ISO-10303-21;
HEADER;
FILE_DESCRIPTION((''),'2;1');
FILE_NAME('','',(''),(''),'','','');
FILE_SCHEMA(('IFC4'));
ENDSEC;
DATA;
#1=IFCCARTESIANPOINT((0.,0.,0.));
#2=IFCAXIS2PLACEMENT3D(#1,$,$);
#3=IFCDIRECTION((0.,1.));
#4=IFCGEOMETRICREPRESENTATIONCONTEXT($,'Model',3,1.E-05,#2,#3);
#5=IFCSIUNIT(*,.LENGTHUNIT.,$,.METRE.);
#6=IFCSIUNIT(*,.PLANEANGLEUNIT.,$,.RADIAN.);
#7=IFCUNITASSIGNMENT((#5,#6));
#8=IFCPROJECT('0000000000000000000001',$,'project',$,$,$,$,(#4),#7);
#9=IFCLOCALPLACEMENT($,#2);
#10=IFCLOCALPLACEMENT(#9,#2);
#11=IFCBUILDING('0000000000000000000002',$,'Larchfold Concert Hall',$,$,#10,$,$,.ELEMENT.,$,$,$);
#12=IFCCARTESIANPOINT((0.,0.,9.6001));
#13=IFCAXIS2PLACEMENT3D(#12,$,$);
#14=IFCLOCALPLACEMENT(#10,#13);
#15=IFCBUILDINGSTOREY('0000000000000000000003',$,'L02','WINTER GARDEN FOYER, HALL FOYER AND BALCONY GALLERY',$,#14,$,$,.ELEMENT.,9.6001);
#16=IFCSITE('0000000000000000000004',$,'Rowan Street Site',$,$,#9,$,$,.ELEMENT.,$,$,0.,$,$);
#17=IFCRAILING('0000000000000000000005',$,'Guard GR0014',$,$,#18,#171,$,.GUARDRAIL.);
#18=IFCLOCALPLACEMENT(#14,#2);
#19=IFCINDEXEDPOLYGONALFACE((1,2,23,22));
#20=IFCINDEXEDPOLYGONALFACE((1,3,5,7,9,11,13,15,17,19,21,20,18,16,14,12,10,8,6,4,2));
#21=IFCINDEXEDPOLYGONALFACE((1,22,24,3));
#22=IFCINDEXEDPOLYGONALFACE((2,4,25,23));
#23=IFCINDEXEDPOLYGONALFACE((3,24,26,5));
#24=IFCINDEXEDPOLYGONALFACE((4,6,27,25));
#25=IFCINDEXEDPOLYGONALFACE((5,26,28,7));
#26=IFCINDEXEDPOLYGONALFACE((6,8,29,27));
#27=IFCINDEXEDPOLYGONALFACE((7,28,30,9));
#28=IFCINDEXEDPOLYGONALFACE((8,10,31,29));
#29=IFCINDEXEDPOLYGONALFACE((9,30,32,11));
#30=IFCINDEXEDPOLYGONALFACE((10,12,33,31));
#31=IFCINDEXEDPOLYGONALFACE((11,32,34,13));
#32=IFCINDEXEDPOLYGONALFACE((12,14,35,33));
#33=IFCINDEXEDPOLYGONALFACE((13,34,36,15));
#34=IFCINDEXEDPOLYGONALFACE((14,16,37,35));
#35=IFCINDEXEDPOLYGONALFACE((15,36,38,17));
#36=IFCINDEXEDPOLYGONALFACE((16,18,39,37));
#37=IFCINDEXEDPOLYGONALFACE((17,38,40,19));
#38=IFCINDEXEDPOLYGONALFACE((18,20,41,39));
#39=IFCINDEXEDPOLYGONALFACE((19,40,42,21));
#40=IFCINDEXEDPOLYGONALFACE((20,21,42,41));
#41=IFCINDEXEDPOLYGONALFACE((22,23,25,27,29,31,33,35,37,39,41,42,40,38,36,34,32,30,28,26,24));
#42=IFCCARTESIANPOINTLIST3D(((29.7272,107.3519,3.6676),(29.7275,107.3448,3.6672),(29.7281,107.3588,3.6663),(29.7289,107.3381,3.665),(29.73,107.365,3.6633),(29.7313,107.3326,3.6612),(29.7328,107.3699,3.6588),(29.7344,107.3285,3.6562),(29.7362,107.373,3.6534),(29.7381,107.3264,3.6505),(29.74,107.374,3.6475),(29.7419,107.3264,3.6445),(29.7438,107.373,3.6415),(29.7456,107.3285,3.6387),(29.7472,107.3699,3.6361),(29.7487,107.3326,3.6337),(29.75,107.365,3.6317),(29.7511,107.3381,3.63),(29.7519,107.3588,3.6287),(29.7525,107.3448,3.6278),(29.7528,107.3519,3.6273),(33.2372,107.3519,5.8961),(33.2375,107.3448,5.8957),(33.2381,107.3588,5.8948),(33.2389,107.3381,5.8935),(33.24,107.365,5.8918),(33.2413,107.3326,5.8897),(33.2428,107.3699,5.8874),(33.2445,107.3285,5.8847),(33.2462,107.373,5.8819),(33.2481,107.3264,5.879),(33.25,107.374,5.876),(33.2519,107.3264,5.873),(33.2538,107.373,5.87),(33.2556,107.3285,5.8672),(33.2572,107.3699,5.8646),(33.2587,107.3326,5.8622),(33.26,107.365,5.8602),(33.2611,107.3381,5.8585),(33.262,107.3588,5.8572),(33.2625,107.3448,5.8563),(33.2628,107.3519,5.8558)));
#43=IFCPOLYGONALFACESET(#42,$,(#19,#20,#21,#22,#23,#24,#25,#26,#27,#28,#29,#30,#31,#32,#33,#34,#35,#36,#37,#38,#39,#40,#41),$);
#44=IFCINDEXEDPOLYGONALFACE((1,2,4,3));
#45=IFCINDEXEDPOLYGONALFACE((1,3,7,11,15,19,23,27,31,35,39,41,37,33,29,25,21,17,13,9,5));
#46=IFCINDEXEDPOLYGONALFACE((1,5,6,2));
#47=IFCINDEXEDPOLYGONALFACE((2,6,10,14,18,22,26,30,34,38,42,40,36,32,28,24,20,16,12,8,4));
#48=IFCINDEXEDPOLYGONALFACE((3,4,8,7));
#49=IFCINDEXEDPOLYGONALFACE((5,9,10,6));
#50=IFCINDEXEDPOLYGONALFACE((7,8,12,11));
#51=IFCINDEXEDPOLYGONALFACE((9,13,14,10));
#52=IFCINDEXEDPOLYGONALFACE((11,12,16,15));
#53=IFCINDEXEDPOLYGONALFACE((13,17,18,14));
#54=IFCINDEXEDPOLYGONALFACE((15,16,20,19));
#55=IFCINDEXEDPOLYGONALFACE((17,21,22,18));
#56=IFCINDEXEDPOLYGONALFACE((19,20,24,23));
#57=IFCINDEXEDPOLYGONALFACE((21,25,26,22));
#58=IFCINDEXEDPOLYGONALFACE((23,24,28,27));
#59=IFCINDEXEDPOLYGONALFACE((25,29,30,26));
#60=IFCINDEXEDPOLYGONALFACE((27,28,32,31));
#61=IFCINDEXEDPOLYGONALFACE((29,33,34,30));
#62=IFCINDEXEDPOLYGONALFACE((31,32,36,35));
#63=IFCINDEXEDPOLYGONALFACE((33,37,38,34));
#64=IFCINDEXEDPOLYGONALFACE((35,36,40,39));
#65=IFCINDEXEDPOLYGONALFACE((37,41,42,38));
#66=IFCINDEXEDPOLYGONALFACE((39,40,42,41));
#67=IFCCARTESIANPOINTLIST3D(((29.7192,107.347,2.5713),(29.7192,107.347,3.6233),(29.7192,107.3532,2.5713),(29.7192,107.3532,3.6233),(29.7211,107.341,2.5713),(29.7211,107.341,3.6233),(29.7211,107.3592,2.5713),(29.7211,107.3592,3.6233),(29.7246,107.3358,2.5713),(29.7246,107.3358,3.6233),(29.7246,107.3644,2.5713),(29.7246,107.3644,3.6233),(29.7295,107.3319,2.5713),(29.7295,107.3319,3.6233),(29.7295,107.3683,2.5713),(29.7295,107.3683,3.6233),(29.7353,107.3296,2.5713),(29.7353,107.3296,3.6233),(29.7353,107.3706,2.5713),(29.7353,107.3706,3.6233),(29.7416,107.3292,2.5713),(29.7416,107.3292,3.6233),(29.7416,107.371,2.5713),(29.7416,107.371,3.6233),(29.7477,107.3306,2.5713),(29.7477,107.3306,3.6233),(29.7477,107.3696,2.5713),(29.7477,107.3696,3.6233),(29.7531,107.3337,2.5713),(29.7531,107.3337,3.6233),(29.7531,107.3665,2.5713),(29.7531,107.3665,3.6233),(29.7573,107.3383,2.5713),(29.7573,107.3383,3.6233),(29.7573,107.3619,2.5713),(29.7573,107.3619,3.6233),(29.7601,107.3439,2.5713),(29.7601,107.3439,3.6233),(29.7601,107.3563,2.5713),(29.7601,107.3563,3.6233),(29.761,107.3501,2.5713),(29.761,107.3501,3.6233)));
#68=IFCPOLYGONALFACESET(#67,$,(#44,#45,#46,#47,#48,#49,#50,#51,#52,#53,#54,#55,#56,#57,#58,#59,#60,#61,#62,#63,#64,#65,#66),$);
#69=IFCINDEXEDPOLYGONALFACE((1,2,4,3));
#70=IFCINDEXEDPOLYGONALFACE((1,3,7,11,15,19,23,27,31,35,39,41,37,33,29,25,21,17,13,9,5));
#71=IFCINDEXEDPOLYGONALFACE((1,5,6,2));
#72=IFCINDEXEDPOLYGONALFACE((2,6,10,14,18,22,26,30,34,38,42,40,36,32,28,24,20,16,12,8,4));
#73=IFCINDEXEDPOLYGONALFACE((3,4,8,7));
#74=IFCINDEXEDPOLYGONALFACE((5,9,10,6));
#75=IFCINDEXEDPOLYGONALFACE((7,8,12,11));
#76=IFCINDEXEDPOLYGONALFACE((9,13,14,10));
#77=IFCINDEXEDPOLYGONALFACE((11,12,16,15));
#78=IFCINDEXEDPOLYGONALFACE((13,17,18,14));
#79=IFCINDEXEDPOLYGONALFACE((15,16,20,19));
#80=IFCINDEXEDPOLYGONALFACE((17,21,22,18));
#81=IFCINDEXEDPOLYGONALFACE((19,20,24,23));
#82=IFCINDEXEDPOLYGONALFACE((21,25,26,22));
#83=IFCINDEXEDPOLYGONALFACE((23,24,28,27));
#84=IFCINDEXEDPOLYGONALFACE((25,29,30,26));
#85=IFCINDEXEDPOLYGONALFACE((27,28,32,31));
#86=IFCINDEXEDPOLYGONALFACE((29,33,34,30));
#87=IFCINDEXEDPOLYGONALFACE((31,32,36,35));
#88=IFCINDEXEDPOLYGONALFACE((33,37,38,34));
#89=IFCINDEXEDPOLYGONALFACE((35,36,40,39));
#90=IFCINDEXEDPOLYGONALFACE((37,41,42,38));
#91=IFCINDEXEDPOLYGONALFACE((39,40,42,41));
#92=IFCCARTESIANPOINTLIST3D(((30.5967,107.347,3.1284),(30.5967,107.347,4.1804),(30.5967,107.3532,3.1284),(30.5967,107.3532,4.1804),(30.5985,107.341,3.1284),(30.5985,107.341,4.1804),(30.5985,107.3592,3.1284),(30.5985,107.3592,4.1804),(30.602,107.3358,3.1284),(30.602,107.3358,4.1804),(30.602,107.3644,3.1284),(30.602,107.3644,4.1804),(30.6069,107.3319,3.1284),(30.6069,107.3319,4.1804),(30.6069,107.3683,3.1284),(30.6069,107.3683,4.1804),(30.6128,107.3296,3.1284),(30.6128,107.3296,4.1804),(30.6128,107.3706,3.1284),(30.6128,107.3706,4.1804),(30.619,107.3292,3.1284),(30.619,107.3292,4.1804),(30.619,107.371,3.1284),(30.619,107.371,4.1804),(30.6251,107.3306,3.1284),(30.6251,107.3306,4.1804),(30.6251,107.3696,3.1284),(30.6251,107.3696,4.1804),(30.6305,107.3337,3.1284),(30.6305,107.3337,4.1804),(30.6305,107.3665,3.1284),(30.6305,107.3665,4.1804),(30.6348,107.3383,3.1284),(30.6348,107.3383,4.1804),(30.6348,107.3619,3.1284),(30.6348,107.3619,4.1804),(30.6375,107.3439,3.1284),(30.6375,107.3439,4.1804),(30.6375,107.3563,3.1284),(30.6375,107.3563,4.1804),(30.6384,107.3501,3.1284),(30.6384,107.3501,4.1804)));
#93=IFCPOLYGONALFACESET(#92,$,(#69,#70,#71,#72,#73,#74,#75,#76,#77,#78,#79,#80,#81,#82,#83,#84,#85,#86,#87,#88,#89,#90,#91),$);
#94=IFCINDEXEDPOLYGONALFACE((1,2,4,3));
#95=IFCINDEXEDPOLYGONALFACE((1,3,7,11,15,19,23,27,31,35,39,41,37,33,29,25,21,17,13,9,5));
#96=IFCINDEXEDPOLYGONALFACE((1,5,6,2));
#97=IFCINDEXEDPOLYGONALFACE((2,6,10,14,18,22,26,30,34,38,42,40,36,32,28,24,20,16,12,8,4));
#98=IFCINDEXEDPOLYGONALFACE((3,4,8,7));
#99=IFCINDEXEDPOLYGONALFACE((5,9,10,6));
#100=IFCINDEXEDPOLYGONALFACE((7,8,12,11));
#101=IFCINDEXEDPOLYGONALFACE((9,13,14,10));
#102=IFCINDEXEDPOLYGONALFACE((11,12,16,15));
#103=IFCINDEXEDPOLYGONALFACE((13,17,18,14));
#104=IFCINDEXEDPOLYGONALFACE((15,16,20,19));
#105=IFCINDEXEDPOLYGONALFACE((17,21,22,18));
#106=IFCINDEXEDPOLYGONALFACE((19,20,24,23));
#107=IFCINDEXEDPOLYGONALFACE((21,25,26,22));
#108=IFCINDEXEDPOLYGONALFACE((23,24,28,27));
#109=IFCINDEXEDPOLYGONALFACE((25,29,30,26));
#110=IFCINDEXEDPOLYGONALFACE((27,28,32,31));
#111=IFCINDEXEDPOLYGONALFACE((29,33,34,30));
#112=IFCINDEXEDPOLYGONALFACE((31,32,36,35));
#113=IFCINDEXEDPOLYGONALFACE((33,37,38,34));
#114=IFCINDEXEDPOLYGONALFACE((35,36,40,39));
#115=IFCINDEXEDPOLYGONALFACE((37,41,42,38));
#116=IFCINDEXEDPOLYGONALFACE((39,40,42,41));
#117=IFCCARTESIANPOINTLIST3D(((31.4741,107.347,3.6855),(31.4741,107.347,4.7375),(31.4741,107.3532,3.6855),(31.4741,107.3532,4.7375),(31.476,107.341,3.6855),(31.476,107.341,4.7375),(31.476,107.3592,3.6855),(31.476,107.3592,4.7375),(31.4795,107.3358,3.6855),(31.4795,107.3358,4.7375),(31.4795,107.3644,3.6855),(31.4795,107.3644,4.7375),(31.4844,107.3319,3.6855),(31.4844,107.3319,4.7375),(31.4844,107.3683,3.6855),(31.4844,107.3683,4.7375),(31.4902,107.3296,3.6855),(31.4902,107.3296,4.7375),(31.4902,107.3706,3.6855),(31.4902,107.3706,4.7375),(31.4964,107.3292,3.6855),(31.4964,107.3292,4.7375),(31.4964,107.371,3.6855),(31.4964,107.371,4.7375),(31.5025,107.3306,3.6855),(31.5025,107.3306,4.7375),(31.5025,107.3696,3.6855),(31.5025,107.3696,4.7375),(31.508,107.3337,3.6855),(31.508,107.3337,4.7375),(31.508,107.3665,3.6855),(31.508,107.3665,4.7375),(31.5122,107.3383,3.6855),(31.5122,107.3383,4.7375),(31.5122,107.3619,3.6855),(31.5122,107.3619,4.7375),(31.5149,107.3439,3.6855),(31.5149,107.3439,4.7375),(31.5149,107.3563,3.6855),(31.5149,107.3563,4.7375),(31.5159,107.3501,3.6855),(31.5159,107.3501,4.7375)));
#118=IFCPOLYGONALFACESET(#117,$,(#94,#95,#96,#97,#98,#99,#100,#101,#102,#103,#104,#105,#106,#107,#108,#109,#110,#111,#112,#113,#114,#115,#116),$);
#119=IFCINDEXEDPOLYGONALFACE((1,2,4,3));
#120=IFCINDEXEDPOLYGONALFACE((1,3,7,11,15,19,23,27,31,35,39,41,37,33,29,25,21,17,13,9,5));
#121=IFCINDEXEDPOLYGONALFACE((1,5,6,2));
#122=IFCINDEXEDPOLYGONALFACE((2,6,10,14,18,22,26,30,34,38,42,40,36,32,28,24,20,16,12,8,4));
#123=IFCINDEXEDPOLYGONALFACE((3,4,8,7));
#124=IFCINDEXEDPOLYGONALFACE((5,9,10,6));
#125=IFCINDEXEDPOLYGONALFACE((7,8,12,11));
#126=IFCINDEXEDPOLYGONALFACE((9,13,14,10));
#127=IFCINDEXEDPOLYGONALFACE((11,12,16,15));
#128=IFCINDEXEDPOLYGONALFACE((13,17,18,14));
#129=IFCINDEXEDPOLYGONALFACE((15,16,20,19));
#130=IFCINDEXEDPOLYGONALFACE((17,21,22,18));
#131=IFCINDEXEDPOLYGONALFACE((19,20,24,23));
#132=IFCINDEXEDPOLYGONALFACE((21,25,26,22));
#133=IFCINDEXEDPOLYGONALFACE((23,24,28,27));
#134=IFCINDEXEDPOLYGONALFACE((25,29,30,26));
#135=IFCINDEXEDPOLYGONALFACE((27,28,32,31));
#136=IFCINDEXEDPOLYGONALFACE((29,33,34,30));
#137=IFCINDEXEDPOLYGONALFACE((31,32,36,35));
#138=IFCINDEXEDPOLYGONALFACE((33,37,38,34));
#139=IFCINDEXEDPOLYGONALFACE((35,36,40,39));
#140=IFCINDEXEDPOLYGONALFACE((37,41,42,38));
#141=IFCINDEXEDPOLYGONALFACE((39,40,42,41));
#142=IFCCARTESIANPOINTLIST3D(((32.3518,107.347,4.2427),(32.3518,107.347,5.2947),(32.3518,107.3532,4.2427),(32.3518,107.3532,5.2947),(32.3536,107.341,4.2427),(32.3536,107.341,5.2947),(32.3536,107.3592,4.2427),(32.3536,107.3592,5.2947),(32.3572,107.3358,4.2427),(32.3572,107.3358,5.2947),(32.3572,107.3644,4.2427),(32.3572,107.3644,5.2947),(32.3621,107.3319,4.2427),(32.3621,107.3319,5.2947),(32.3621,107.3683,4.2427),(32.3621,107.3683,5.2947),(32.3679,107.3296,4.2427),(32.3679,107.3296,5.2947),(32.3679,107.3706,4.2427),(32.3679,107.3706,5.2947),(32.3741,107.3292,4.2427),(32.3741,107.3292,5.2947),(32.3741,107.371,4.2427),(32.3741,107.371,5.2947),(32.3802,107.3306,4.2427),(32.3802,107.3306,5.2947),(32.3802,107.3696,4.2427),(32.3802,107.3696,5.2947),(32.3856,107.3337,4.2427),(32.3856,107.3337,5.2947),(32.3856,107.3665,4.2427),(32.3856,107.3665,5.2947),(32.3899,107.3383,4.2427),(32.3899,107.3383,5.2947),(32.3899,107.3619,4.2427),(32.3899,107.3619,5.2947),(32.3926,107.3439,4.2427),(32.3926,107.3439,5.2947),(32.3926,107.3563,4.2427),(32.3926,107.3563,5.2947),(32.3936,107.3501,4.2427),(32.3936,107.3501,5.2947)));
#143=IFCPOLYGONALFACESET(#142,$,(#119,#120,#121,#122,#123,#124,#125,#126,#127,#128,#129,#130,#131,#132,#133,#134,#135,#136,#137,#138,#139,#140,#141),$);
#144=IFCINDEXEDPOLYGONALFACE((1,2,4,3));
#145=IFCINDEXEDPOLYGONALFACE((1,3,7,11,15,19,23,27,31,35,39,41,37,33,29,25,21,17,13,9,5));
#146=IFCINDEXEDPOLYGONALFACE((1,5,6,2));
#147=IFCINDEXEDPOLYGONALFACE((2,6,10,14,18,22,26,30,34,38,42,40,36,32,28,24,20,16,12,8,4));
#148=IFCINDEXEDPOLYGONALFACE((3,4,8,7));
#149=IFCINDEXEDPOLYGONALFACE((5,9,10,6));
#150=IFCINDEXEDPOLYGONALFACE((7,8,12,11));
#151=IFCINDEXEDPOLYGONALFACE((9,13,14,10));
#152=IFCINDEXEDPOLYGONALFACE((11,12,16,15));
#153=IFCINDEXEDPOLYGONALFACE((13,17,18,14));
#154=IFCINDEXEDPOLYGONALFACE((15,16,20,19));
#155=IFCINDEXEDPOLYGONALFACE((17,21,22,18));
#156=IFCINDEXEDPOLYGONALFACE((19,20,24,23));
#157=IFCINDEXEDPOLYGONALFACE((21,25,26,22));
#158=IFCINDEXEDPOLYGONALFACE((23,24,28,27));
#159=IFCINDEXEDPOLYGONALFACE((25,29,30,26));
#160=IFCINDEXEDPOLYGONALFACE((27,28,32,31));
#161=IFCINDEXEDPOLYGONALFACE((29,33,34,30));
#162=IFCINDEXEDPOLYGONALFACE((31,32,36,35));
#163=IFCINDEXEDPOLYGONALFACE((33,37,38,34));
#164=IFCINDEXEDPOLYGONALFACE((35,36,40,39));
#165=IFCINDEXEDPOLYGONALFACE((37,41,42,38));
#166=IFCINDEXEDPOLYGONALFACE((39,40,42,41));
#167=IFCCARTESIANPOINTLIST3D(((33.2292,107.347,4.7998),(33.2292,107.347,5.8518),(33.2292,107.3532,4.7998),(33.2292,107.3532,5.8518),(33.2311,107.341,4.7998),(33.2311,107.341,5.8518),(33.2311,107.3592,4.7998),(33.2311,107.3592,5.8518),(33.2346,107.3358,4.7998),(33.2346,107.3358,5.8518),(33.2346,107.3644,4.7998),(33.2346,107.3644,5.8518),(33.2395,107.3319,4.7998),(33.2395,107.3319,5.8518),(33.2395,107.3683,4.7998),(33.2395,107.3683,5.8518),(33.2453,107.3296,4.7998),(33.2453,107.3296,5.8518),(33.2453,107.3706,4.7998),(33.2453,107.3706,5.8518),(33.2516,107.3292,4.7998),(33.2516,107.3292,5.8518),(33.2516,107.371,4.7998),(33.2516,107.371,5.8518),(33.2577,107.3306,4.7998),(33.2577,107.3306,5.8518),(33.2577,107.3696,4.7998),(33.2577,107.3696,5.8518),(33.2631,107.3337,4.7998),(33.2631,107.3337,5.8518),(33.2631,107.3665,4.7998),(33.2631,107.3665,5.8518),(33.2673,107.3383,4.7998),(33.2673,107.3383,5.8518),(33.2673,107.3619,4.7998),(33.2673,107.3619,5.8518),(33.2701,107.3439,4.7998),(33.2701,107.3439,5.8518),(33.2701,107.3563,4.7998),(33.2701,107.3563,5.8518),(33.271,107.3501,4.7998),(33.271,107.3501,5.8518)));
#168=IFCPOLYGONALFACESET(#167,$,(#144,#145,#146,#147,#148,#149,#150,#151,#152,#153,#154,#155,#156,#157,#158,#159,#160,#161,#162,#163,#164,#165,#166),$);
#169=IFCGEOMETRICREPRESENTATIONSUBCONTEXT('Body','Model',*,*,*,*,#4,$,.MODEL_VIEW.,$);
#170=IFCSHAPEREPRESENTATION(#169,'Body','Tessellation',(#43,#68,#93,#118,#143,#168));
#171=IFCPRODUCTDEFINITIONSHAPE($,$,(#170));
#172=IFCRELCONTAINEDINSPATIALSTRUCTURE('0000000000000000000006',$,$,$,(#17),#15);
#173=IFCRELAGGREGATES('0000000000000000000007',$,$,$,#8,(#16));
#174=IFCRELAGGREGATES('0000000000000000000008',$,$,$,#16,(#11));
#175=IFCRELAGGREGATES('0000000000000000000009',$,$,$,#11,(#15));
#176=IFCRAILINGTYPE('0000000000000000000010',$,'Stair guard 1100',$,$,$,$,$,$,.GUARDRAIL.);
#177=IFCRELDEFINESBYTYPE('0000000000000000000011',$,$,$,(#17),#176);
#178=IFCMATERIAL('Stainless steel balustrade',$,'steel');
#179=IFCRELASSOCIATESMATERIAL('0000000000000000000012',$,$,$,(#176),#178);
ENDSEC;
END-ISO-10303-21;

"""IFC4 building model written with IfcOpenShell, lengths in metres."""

from ifc_helpers import new_model, si_unit, direction, frame, origin, origin_2d, place, context, subcontext, project, spatial, circle, extrude, material, type_object, element, save


model = new_model("IFC4")

# Units and contexts
model_context = context("Model", 3, precision=1e-05, world=origin(), true_north=direction((0.0, 1.0)))
body_context = subcontext(model_context, "Body", "Model", "MODEL_VIEW")
ifc_project = project(units=[si_unit("LENGTHUNIT", "METRE"), si_unit("PLANEANGLEUNIT", "RADIAN")], contexts=[model_context])

# Site, building, storey
site_placement = place(None, origin())
site = spatial("IfcSite", under=ifc_project, at=site_placement, Name="Rowan Street Site", CompositionType="ELEMENT", RefElevation=0.0)
building_placement = place(site_placement, origin())
building = spatial("IfcBuilding", under=site, at=building_placement, Name="Larchfold Concert Hall", CompositionType="ELEMENT")
storey_placement = place(building_placement, frame((0.0, 0.0, 9.6001)))
storey = spatial("IfcBuildingStorey", under=building, at=storey_placement, Name="L02", Description="WINTER GARDEN FOYER, HALL FOYER AND BALCONY GALLERY", CompositionType="ELEMENT", Elevation=9.6001)

# Railing
ifc_material_1 = material(Name="Stainless steel balustrade", Category="steel")
railing_type_1 = type_object("IfcRailingType", Name="Stair guard 1100", PredefinedType="GUARDRAIL", material=ifc_material_1)
railing_1_placement = place(storey_placement, frame((29.74, 107.3501, 2.5713)))
element("IfcRailing", 1, at=railing_1_placement, inside=storey, type_object=railing_type_1, Name="Guard GR0014", PredefinedType="GUARDRAIL", context=body_context, shape_type="SweptSolid", body=[
    extrude(circle(Radius=0.0239, at=origin_2d()), frame((0.0, 0.0, 1.0762), z_axis=(0.84422, 0.0, 0.535998), x_axis=(0.0, 1.0, 0.0)), (0.0, 0.0, 1.0), 4.1577),
    extrude(circle(Radius=0.021, at=origin_2d()), origin(), (0.0, 0.0, 1.0), 1.052),
    extrude(circle(Radius=0.021, at=origin_2d()), frame((0.8774, 0.0, 0.5571)), (0.0, 0.0, 1.0), 1.052),
    extrude(circle(Radius=0.021, at=origin_2d()), frame((1.7549, 0.0, 1.1143)), (0.0, 0.0, 1.0), 1.052),
    extrude(circle(Radius=0.021, at=origin_2d()), frame((2.6326, 0.0, 1.6714)), (0.0, 0.0, 1.0), 1.052),
    extrude(circle(Radius=0.021, at=origin_2d()), frame((3.51, 0.0, 2.2285)), (0.0, 0.0, 1.0), 1.052),
])

save(model, "model.ifc")
